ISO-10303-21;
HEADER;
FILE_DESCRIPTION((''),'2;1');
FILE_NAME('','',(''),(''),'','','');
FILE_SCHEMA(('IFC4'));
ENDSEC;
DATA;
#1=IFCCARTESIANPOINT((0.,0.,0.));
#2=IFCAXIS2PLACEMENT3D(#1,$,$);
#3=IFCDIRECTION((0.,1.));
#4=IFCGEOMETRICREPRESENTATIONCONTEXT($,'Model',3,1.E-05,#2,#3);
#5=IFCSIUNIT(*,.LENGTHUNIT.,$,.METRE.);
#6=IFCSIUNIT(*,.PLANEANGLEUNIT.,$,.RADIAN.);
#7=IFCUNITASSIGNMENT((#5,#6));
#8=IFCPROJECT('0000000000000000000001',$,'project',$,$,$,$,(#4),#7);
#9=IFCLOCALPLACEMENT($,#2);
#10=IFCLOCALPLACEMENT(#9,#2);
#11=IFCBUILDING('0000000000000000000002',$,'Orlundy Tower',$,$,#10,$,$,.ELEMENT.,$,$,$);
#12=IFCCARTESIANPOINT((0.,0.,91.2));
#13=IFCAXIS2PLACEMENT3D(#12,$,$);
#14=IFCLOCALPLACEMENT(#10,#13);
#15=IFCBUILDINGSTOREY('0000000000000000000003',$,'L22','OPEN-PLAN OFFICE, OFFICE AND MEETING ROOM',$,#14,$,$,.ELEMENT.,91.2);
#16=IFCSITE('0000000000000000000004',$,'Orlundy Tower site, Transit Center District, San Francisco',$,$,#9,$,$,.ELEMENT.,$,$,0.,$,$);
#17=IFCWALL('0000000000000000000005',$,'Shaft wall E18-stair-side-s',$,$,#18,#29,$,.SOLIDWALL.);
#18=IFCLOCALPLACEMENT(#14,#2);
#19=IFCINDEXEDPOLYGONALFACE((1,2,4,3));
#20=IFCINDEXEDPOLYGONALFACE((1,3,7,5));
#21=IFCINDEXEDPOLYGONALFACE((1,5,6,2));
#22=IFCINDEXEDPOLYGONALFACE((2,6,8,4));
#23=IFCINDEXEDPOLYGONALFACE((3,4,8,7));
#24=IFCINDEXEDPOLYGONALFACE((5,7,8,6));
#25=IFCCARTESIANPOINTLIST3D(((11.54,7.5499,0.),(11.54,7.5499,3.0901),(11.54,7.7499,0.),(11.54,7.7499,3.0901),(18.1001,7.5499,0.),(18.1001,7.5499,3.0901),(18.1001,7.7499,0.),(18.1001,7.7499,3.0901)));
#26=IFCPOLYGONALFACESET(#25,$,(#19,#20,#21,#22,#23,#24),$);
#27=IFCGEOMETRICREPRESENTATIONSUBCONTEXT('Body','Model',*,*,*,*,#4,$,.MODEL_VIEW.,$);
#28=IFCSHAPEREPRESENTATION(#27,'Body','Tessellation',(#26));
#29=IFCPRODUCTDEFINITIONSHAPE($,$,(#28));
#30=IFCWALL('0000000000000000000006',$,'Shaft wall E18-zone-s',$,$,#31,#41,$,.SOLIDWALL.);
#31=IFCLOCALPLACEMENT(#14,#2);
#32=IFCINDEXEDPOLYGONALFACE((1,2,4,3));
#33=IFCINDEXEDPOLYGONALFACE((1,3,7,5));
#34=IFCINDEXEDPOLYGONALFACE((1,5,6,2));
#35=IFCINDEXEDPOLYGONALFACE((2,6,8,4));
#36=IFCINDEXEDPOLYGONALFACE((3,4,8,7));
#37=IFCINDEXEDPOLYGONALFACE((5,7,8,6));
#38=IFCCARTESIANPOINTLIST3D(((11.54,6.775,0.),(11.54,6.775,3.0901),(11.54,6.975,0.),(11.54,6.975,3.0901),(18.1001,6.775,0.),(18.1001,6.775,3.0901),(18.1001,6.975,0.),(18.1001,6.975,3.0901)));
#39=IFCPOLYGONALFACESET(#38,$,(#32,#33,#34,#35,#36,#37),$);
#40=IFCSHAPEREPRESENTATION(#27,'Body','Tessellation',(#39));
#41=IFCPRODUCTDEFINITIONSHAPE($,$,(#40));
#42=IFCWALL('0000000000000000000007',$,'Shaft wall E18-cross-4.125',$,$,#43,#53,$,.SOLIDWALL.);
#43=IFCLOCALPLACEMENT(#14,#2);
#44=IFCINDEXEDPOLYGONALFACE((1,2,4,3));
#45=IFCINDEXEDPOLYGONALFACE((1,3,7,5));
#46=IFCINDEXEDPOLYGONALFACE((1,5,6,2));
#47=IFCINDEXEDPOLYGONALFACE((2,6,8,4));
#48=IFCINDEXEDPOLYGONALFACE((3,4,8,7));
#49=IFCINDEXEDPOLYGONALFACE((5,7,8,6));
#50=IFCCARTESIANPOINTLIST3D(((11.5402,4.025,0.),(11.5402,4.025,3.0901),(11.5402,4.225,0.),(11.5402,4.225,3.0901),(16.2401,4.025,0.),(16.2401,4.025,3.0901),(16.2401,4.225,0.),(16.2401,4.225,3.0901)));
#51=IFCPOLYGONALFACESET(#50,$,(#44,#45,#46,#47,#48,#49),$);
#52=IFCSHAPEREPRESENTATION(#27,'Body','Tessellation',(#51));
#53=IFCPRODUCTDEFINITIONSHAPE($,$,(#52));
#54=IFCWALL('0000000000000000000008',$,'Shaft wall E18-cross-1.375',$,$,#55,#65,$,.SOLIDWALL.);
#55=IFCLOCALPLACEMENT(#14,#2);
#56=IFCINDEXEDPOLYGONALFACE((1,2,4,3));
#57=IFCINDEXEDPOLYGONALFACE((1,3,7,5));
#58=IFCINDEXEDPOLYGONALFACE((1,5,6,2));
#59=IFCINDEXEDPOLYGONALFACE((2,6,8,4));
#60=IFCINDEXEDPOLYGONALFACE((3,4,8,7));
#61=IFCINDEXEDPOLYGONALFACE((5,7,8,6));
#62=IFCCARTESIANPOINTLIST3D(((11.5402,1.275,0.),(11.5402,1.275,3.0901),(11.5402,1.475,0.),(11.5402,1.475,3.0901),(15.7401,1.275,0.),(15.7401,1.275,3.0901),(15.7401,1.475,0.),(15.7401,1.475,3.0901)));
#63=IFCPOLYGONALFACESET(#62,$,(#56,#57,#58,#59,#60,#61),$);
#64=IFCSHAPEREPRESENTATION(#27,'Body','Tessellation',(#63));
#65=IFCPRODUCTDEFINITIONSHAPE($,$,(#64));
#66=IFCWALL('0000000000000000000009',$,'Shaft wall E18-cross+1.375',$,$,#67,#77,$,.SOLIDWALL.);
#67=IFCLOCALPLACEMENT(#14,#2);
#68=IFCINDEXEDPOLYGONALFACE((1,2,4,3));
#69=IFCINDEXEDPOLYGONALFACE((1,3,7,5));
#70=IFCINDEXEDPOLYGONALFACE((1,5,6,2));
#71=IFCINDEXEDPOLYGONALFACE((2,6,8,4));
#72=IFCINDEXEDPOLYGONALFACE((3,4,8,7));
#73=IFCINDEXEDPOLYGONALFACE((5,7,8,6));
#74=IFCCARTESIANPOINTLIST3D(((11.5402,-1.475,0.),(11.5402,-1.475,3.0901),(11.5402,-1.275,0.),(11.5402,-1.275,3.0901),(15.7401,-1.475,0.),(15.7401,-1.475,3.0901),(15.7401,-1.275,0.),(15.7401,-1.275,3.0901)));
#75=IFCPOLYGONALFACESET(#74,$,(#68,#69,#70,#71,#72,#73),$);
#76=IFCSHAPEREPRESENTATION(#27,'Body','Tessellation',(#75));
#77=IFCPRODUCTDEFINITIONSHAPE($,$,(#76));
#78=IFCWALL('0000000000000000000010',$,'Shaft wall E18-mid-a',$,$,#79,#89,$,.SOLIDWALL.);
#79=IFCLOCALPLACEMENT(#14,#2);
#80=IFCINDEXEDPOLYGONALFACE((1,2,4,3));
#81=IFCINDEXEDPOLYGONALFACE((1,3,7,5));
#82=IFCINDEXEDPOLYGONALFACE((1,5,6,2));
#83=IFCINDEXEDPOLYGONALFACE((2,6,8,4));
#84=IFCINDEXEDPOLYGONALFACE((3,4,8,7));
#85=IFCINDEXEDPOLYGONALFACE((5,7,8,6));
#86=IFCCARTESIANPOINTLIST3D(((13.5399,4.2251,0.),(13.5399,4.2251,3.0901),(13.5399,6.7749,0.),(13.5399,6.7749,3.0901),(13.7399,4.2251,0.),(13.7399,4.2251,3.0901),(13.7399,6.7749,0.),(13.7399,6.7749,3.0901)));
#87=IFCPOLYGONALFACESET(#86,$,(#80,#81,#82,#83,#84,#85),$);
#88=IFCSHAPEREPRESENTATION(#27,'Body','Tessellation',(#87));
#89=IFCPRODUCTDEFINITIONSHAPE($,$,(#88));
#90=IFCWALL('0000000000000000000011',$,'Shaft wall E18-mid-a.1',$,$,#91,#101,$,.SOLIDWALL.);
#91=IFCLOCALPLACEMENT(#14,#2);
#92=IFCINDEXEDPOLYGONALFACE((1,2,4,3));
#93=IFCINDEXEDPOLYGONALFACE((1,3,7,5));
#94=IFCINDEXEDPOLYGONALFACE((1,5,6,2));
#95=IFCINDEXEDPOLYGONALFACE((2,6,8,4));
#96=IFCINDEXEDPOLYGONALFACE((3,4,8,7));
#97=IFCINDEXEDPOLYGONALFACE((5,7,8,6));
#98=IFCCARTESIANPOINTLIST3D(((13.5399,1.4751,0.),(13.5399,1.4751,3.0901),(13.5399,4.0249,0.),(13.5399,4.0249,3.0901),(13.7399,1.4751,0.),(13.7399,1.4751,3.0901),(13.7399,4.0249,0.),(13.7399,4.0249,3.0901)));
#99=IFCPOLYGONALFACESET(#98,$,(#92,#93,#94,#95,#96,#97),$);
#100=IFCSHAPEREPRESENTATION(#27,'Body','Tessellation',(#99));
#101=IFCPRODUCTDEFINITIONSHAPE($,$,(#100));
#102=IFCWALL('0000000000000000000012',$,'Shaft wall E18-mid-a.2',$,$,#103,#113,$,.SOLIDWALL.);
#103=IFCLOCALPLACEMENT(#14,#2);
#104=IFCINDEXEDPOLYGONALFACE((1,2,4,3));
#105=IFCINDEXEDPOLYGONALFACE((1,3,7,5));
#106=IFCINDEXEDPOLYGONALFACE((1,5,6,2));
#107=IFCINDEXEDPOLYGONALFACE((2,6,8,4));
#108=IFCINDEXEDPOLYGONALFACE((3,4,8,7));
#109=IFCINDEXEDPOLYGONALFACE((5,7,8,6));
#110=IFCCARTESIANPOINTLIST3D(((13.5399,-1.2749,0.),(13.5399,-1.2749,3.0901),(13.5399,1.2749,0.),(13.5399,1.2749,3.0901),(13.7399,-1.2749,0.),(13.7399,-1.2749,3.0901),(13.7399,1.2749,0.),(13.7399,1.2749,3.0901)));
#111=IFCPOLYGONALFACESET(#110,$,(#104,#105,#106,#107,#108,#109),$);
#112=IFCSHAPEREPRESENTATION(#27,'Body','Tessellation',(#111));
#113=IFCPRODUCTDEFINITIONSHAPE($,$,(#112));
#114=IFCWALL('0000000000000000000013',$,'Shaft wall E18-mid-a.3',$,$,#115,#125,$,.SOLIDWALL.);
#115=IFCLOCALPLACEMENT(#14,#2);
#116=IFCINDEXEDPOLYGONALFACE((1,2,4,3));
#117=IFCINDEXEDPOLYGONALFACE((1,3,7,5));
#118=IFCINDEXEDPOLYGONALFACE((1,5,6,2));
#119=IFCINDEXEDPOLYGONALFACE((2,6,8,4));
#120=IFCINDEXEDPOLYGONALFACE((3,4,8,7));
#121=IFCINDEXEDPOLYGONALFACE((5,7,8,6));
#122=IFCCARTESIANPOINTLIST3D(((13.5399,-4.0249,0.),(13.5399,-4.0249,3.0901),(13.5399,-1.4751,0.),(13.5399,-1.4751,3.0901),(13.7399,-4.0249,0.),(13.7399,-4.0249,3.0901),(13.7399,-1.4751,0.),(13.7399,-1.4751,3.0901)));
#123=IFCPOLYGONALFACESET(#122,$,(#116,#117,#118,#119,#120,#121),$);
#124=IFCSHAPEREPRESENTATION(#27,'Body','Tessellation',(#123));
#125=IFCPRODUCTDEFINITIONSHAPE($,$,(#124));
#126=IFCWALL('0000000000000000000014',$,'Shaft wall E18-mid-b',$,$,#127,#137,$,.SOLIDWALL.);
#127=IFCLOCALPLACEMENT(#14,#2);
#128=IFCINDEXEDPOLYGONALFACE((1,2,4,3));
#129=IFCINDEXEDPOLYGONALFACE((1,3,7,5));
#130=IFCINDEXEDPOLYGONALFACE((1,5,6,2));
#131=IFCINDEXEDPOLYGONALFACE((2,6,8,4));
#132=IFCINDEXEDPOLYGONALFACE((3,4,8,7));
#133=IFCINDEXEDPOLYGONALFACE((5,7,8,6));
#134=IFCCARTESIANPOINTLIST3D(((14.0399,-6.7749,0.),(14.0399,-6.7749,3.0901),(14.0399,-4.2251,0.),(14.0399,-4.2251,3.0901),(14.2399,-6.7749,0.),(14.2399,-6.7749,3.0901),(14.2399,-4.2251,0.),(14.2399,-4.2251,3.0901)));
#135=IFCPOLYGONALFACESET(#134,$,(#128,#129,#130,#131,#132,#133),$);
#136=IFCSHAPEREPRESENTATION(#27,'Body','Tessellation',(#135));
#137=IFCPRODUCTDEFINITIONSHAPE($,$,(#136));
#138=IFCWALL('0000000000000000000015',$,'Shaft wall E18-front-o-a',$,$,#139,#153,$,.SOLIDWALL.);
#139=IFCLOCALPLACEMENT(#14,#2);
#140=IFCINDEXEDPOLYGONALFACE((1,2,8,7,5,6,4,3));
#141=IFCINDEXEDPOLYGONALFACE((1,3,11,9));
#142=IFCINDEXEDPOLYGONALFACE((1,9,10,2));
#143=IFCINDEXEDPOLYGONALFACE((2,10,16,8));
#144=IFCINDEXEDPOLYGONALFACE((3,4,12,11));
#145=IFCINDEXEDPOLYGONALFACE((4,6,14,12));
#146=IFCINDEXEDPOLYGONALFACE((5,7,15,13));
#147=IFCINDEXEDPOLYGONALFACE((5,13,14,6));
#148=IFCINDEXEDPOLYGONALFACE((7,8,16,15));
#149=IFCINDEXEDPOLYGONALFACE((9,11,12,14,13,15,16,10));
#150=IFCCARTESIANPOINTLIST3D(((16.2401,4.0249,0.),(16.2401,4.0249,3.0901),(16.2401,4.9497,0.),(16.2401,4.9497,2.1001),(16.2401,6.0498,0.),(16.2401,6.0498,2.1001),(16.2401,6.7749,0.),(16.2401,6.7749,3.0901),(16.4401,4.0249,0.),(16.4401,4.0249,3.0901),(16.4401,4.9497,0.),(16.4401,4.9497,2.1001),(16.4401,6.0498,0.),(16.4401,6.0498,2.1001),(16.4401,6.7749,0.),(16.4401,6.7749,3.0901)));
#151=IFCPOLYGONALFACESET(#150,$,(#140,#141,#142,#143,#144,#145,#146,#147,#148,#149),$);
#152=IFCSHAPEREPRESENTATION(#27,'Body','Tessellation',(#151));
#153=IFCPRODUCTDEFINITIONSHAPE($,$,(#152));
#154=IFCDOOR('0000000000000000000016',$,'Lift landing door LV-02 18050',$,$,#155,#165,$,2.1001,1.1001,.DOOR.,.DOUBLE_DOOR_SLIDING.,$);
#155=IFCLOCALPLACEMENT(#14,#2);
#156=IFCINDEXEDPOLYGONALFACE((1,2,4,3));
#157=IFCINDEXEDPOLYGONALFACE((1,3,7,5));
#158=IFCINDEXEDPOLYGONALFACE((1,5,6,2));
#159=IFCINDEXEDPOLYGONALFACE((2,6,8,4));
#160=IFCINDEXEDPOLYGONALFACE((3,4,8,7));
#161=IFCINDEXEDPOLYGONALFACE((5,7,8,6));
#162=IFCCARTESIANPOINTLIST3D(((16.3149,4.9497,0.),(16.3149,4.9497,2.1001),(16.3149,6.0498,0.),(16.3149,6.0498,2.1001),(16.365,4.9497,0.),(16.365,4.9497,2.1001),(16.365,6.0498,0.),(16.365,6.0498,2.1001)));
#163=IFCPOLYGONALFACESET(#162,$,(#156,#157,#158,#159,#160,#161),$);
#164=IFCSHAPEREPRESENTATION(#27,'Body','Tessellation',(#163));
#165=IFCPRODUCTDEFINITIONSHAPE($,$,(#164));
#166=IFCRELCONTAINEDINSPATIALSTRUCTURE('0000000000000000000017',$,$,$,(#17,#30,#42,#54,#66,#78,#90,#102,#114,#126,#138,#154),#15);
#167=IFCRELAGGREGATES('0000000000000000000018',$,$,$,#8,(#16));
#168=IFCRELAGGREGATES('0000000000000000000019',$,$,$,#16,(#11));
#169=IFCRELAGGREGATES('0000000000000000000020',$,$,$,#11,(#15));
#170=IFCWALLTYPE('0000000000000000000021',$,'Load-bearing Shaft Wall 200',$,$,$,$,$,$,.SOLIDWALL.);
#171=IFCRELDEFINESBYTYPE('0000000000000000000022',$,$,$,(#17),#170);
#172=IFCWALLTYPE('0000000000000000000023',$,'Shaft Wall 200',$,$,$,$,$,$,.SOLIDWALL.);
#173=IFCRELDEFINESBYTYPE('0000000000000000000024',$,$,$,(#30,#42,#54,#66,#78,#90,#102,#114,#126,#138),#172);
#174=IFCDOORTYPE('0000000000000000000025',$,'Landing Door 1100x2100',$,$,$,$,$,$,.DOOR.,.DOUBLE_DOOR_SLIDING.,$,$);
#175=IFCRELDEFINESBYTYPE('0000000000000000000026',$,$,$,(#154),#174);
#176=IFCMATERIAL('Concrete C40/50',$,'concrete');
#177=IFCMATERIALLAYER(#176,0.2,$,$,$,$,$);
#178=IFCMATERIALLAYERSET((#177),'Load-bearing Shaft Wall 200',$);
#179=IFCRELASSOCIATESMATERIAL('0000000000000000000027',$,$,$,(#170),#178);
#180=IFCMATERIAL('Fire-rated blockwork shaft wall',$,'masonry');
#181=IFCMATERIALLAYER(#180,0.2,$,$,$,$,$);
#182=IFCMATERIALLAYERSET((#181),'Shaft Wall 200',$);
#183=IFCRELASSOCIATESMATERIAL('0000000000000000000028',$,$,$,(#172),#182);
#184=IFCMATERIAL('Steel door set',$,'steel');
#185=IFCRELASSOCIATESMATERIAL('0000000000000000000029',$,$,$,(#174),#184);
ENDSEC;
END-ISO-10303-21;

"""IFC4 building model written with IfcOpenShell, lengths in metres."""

from ifc_helpers import new_model, si_unit, direction, frame, frame_2d, origin, place, context, subcontext, project, spatial, rectangle, extrude, material, layer, layer_set, type_object, element, fill, save


model = new_model("IFC4")

# Units and contexts
model_context = context("Model", 3, precision=1e-05, world=origin(), true_north=direction((0.0, 1.0)))
body_context = subcontext(model_context, "Body", "Model", "MODEL_VIEW")
ifc_project = project(units=[si_unit("LENGTHUNIT", "METRE"), si_unit("PLANEANGLEUNIT", "RADIAN")], contexts=[model_context])

# Site, building, storey
site_placement = place(None, origin())
site = spatial("IfcSite", under=ifc_project, at=site_placement, Name="Orlundy Tower site, Transit Center District, San Francisco", CompositionType="ELEMENT", RefElevation=0.0)
building_placement = place(site_placement, origin())
building = spatial("IfcBuilding", under=site, at=building_placement, Name="Orlundy Tower", CompositionType="ELEMENT")
storey_placement = place(building_placement, frame((0.0, 0.0, 91.2)))
storey = spatial("IfcBuildingStorey", under=building, at=storey_placement, Name="L22", Description="OPEN-PLAN OFFICE, OFFICE AND MEETING ROOM", CompositionType="ELEMENT", Elevation=91.2)

# Walls
ifc_material_1 = material(Name="Concrete C40/50", Category="concrete")
ifc_layer_1 = layer(ifc_material_1, 0.2)
ifc_layer_set_1 = layer_set([ifc_layer_1], Name="Load-bearing Shaft Wall 200")
wall_type_1 = type_object("IfcWallType", Name="Load-bearing Shaft Wall 200", PredefinedType="SOLIDWALL", material=ifc_layer_set_1)
wall_1_placement = place(storey_placement, frame((11.54, 7.6499, 0.0), z_axis=(0.0, 0.0, 1.0), x_axis=(1.0, 0.0, 0.0)))
element("IfcWall", 1, at=wall_1_placement, inside=storey, type_object=wall_type_1, Name="Shaft wall E18-stair-side-s", PredefinedType="SOLIDWALL", context=body_context, shape_type="SweptSolid", body=[
    extrude(rectangle(XDim=6.5601, YDim=0.2, at=frame_2d((3.28, 0.0))), origin(), (0.0, 0.0, 1.0), 3.0901),
])
ifc_material_2 = material(Name="Fire-rated blockwork shaft wall", Category="masonry")
ifc_layer_2 = layer(ifc_material_2, 0.2)
ifc_layer_set_2 = layer_set([ifc_layer_2], Name="Shaft Wall 200")
wall_type_2 = type_object("IfcWallType", Name="Shaft Wall 200", PredefinedType="SOLIDWALL", material=ifc_layer_set_2)
wall_2_placement = place(storey_placement, frame((11.54, 6.875, 0.0), z_axis=(0.0, 0.0, 1.0), x_axis=(1.0, 0.0, 0.0)))
element("IfcWall", 2, at=wall_2_placement, inside=storey, type_object=wall_type_2, Name="Shaft wall E18-zone-s", PredefinedType="SOLIDWALL", context=body_context, shape_type="SweptSolid", body=[
    extrude(rectangle(XDim=6.5601, YDim=0.2, at=frame_2d((3.28, 0.0))), origin(), (0.0, 0.0, 1.0), 3.0901),
])
wall_3_placement = place(storey_placement, frame((11.54, 4.125, 0.0), z_axis=(0.0, 0.0, 1.0), x_axis=(1.0, 0.0, 0.0)))
element("IfcWall", 3, at=wall_3_placement, inside=storey, type_object=wall_type_2, Name="Shaft wall E18-cross-4.125", PredefinedType="SOLIDWALL", context=body_context, shape_type="SweptSolid", body=[
    extrude(rectangle(XDim=4.7, YDim=0.2, at=frame_2d((2.3501, 0.0))), origin(), (0.0, 0.0, 1.0), 3.0901),
])
for number, where, z_axis, x_axis, name in (
    (4, (11.54, 1.375, 0.0), (0.0, 0.0, 1.0), (1.0, 0.0, 0.0), "Shaft wall E18-cross-1.375"),
    (5, (11.54, -1.375, 0.0), (0.0, 0.0, 1.0), (1.0, 0.0, 0.0), "Shaft wall E18-cross+1.375"),
):
    element("IfcWall", number, at=place(storey_placement, frame(where, z_axis=z_axis, x_axis=x_axis)), inside=storey, type_object=wall_type_2, Name=name, PredefinedType="SOLIDWALL", context=body_context, shape_type="SweptSolid", body=[
        extrude(rectangle(XDim=4.2, YDim=0.2, at=frame_2d((2.1001, 0.0))), origin(), (0.0, 0.0, 1.0), 3.0901),
    ])
for number, where, z_axis, x_axis, name in (
    (6, (13.6399, 6.7749, 0.0), (0.0, 0.0, 1.0), (0.0, -1.0, 0.0), "Shaft wall E18-mid-a"),
    (7, (13.6399, 4.0249, 0.0), (0.0, 0.0, 1.0), (0.0, -1.0, 0.0), "Shaft wall E18-mid-a.1"),
    (8, (13.6399, 1.2749, 0.0), (0.0, 0.0, 1.0), (0.0, -1.0, 0.0), "Shaft wall E18-mid-a.2"),
    (9, (13.6399, -1.4751, 0.0), (0.0, 0.0, 1.0), (0.0, -1.0, 0.0), "Shaft wall E18-mid-a.3"),
    (10, (14.1399, -4.2251, 0.0), (0.0, 0.0, 1.0), (0.0, -1.0, 0.0), "Shaft wall E18-mid-b"),
):
    element("IfcWall", number, at=place(storey_placement, frame(where, z_axis=z_axis, x_axis=x_axis)), inside=storey, type_object=wall_type_2, Name=name, PredefinedType="SOLIDWALL", context=body_context, shape_type="SweptSolid", body=[
        extrude(rectangle(XDim=2.5498, YDim=0.2, at=frame_2d((1.2749, 0.0))), origin(), (0.0, 0.0, 1.0), 3.0901),
    ])

# Wall, opening, door
wall_4_placement = place(storey_placement, frame((16.3401, 6.7749, 0.0), z_axis=(0.0, 0.0, 1.0), x_axis=(0.0, -1.0, 0.0)))
wall_4 = element("IfcWall", 11, at=wall_4_placement, inside=storey, type_object=wall_type_2, Name="Shaft wall E18-front-o-a", PredefinedType="SOLIDWALL", context=body_context, shape_type="SweptSolid", body=[
    extrude(rectangle(XDim=2.75, YDim=0.2, at=frame_2d((1.375, 0.0))), origin(), (0.0, 0.0, 1.0), 3.0901),
])
opening_1_placement = place(wall_4_placement, frame((0.7251, 0.0, 0.0)))
opening_1 = element("IfcOpeningElement", 12, at=opening_1_placement, cuts=wall_4, PredefinedType="OPENING", context=body_context, shape_type="SweptSolid", body=[
    extrude(rectangle(XDim=1.1001, YDim=2.1001, at=frame_2d((0.55, 1.05))), frame((0.0, 0.1101, 0.0), z_axis=(0.0, -1.0, 0.0), x_axis=(1.0, 0.0, 0.0)), (0.0, 0.0, 1.0), 0.2202),
])
ifc_material_3 = material(Name="Steel door set", Category="steel")
door_type = type_object("IfcDoorType", Name="Landing Door 1100x2100", OperationType="DOUBLE_DOOR_SLIDING", PredefinedType="DOOR", material=ifc_material_3)
door_1_placement = place(opening_1_placement, origin())
door_1 = element("IfcDoor", 13, at=door_1_placement, inside=storey, type_object=door_type, Name="Lift landing door LV-02 18050", OperationType="DOUBLE_DOOR_SLIDING", OverallHeight=2.1001, OverallWidth=1.1001, PredefinedType="DOOR", context=body_context, shape_type="SweptSolid", body=[
    extrude(rectangle(XDim=1.1001, YDim=2.1001, at=frame_2d((0.55, 1.05))), frame((0.0, 0.0249, 0.0), z_axis=(0.0, -1.0, 0.0), x_axis=(1.0, 0.0, 0.0)), (0.0, 0.0, 1.0), 0.05),
])
fill(opening_1, door_1)

save(model, "model.ifc")
